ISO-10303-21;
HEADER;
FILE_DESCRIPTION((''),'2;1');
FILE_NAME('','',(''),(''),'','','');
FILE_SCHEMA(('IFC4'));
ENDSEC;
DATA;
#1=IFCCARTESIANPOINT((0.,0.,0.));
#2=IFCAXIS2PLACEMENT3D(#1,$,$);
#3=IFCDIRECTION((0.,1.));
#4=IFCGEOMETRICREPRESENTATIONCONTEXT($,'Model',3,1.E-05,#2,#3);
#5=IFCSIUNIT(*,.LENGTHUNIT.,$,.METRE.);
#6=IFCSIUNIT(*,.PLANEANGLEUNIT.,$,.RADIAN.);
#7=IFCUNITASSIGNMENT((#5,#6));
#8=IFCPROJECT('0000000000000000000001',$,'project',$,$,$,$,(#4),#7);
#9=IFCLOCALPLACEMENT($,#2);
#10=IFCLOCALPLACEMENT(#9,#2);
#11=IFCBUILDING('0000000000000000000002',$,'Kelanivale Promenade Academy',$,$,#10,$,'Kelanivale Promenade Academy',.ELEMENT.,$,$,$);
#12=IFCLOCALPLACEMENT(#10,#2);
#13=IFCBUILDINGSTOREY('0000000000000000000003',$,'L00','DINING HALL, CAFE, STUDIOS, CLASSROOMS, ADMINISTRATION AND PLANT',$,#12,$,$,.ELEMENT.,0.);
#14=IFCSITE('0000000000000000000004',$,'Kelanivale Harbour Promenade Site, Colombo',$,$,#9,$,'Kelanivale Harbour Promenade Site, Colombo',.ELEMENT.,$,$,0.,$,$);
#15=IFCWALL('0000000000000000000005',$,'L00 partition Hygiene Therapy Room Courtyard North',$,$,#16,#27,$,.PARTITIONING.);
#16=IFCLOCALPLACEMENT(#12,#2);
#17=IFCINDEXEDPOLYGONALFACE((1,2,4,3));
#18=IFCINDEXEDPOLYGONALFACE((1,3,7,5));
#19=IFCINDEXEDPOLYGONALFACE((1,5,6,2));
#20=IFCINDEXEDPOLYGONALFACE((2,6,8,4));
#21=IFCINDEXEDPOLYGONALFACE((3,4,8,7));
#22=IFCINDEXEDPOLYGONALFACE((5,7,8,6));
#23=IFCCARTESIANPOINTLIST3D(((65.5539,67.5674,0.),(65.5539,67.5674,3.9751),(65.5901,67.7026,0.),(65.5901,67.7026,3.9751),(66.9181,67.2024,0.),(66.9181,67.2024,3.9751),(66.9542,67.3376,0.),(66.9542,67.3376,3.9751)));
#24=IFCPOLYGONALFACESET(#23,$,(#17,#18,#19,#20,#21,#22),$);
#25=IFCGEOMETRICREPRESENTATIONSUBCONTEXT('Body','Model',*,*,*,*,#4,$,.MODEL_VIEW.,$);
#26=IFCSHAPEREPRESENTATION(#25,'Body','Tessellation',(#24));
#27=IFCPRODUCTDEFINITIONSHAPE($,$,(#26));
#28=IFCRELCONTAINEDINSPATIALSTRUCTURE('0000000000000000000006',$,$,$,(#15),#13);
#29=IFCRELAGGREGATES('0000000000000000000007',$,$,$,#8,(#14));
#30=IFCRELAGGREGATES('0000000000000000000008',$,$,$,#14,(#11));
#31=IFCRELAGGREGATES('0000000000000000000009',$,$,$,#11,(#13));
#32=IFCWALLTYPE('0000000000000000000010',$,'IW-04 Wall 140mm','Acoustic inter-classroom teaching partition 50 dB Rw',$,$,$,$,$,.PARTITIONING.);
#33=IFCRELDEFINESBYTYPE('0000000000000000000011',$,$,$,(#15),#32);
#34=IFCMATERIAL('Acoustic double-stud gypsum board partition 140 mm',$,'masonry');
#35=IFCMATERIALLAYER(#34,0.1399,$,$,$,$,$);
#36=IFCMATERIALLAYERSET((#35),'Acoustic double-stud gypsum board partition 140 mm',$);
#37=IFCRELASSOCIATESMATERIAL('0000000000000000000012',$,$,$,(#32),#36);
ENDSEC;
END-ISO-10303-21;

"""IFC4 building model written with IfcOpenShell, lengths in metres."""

from ifc_helpers import new_model, si_unit, direction, frame, frame_2d, origin, place, context, subcontext, project, spatial, rectangle, extrude, material, layer, layer_set, type_object, element, save


model = new_model("IFC4")

# Units and contexts
model_context = context("Model", 3, precision=1e-05, world=origin(), true_north=direction((0.0, 1.0)))
body_context = subcontext(model_context, "Body", "Model", "MODEL_VIEW")
ifc_project = project(units=[si_unit("LENGTHUNIT", "METRE"), si_unit("PLANEANGLEUNIT", "RADIAN")], contexts=[model_context])

# Site, building, storey
site_placement = place(None, origin())
site = spatial("IfcSite", under=ifc_project, at=site_placement, Name="Kelanivale Harbour Promenade Site, Colombo", LongName="Kelanivale Harbour Promenade Site, Colombo", CompositionType="ELEMENT", RefElevation=0.0)
building_placement = place(site_placement, origin())
building = spatial("IfcBuilding", under=site, at=building_placement, Name="Kelanivale Promenade Academy", LongName="Kelanivale Promenade Academy", CompositionType="ELEMENT")
storey_placement = place(building_placement, origin())
storey = spatial("IfcBuildingStorey", under=building, at=storey_placement, Name="L00", Description="DINING HALL, CAFE, STUDIOS, CLASSROOMS, ADMINISTRATION AND PLANT", CompositionType="ELEMENT", Elevation=0.0)

# Wall
ifc_material_1 = material(Name="Acoustic double-stud gypsum board partition 140 mm", Category="masonry")
ifc_layer_1 = layer(ifc_material_1, 0.1399)
ifc_layer_set_1 = layer_set([ifc_layer_1], Name="Acoustic double-stud gypsum board partition 140 mm")
wall_type = type_object("IfcWallType", Name="IW-04 Wall 140mm", Description="Acoustic inter-classroom teaching partition 50 dB Rw", PredefinedType="PARTITIONING", material=ifc_layer_set_1)
wall_placement = place(storey_placement, frame((65.572, 67.635, 0.0), z_axis=(0.0, 0.0, 1.0), x_axis=(0.966014, -0.258491, 0.0)))
element("IfcWall", 1, at=wall_placement, inside=storey, type_object=wall_type, Name="L00 partition Hygiene Therapy Room Courtyard North", PredefinedType="PARTITIONING", context=body_context, shape_type="SweptSolid", body=[
    extrude(rectangle(XDim=1.4121, YDim=0.1399, at=frame_2d((0.7061, 0.0))), origin(), (0.0, 0.0, 1.0), 3.9751),
])

save(model, "model.ifc")
